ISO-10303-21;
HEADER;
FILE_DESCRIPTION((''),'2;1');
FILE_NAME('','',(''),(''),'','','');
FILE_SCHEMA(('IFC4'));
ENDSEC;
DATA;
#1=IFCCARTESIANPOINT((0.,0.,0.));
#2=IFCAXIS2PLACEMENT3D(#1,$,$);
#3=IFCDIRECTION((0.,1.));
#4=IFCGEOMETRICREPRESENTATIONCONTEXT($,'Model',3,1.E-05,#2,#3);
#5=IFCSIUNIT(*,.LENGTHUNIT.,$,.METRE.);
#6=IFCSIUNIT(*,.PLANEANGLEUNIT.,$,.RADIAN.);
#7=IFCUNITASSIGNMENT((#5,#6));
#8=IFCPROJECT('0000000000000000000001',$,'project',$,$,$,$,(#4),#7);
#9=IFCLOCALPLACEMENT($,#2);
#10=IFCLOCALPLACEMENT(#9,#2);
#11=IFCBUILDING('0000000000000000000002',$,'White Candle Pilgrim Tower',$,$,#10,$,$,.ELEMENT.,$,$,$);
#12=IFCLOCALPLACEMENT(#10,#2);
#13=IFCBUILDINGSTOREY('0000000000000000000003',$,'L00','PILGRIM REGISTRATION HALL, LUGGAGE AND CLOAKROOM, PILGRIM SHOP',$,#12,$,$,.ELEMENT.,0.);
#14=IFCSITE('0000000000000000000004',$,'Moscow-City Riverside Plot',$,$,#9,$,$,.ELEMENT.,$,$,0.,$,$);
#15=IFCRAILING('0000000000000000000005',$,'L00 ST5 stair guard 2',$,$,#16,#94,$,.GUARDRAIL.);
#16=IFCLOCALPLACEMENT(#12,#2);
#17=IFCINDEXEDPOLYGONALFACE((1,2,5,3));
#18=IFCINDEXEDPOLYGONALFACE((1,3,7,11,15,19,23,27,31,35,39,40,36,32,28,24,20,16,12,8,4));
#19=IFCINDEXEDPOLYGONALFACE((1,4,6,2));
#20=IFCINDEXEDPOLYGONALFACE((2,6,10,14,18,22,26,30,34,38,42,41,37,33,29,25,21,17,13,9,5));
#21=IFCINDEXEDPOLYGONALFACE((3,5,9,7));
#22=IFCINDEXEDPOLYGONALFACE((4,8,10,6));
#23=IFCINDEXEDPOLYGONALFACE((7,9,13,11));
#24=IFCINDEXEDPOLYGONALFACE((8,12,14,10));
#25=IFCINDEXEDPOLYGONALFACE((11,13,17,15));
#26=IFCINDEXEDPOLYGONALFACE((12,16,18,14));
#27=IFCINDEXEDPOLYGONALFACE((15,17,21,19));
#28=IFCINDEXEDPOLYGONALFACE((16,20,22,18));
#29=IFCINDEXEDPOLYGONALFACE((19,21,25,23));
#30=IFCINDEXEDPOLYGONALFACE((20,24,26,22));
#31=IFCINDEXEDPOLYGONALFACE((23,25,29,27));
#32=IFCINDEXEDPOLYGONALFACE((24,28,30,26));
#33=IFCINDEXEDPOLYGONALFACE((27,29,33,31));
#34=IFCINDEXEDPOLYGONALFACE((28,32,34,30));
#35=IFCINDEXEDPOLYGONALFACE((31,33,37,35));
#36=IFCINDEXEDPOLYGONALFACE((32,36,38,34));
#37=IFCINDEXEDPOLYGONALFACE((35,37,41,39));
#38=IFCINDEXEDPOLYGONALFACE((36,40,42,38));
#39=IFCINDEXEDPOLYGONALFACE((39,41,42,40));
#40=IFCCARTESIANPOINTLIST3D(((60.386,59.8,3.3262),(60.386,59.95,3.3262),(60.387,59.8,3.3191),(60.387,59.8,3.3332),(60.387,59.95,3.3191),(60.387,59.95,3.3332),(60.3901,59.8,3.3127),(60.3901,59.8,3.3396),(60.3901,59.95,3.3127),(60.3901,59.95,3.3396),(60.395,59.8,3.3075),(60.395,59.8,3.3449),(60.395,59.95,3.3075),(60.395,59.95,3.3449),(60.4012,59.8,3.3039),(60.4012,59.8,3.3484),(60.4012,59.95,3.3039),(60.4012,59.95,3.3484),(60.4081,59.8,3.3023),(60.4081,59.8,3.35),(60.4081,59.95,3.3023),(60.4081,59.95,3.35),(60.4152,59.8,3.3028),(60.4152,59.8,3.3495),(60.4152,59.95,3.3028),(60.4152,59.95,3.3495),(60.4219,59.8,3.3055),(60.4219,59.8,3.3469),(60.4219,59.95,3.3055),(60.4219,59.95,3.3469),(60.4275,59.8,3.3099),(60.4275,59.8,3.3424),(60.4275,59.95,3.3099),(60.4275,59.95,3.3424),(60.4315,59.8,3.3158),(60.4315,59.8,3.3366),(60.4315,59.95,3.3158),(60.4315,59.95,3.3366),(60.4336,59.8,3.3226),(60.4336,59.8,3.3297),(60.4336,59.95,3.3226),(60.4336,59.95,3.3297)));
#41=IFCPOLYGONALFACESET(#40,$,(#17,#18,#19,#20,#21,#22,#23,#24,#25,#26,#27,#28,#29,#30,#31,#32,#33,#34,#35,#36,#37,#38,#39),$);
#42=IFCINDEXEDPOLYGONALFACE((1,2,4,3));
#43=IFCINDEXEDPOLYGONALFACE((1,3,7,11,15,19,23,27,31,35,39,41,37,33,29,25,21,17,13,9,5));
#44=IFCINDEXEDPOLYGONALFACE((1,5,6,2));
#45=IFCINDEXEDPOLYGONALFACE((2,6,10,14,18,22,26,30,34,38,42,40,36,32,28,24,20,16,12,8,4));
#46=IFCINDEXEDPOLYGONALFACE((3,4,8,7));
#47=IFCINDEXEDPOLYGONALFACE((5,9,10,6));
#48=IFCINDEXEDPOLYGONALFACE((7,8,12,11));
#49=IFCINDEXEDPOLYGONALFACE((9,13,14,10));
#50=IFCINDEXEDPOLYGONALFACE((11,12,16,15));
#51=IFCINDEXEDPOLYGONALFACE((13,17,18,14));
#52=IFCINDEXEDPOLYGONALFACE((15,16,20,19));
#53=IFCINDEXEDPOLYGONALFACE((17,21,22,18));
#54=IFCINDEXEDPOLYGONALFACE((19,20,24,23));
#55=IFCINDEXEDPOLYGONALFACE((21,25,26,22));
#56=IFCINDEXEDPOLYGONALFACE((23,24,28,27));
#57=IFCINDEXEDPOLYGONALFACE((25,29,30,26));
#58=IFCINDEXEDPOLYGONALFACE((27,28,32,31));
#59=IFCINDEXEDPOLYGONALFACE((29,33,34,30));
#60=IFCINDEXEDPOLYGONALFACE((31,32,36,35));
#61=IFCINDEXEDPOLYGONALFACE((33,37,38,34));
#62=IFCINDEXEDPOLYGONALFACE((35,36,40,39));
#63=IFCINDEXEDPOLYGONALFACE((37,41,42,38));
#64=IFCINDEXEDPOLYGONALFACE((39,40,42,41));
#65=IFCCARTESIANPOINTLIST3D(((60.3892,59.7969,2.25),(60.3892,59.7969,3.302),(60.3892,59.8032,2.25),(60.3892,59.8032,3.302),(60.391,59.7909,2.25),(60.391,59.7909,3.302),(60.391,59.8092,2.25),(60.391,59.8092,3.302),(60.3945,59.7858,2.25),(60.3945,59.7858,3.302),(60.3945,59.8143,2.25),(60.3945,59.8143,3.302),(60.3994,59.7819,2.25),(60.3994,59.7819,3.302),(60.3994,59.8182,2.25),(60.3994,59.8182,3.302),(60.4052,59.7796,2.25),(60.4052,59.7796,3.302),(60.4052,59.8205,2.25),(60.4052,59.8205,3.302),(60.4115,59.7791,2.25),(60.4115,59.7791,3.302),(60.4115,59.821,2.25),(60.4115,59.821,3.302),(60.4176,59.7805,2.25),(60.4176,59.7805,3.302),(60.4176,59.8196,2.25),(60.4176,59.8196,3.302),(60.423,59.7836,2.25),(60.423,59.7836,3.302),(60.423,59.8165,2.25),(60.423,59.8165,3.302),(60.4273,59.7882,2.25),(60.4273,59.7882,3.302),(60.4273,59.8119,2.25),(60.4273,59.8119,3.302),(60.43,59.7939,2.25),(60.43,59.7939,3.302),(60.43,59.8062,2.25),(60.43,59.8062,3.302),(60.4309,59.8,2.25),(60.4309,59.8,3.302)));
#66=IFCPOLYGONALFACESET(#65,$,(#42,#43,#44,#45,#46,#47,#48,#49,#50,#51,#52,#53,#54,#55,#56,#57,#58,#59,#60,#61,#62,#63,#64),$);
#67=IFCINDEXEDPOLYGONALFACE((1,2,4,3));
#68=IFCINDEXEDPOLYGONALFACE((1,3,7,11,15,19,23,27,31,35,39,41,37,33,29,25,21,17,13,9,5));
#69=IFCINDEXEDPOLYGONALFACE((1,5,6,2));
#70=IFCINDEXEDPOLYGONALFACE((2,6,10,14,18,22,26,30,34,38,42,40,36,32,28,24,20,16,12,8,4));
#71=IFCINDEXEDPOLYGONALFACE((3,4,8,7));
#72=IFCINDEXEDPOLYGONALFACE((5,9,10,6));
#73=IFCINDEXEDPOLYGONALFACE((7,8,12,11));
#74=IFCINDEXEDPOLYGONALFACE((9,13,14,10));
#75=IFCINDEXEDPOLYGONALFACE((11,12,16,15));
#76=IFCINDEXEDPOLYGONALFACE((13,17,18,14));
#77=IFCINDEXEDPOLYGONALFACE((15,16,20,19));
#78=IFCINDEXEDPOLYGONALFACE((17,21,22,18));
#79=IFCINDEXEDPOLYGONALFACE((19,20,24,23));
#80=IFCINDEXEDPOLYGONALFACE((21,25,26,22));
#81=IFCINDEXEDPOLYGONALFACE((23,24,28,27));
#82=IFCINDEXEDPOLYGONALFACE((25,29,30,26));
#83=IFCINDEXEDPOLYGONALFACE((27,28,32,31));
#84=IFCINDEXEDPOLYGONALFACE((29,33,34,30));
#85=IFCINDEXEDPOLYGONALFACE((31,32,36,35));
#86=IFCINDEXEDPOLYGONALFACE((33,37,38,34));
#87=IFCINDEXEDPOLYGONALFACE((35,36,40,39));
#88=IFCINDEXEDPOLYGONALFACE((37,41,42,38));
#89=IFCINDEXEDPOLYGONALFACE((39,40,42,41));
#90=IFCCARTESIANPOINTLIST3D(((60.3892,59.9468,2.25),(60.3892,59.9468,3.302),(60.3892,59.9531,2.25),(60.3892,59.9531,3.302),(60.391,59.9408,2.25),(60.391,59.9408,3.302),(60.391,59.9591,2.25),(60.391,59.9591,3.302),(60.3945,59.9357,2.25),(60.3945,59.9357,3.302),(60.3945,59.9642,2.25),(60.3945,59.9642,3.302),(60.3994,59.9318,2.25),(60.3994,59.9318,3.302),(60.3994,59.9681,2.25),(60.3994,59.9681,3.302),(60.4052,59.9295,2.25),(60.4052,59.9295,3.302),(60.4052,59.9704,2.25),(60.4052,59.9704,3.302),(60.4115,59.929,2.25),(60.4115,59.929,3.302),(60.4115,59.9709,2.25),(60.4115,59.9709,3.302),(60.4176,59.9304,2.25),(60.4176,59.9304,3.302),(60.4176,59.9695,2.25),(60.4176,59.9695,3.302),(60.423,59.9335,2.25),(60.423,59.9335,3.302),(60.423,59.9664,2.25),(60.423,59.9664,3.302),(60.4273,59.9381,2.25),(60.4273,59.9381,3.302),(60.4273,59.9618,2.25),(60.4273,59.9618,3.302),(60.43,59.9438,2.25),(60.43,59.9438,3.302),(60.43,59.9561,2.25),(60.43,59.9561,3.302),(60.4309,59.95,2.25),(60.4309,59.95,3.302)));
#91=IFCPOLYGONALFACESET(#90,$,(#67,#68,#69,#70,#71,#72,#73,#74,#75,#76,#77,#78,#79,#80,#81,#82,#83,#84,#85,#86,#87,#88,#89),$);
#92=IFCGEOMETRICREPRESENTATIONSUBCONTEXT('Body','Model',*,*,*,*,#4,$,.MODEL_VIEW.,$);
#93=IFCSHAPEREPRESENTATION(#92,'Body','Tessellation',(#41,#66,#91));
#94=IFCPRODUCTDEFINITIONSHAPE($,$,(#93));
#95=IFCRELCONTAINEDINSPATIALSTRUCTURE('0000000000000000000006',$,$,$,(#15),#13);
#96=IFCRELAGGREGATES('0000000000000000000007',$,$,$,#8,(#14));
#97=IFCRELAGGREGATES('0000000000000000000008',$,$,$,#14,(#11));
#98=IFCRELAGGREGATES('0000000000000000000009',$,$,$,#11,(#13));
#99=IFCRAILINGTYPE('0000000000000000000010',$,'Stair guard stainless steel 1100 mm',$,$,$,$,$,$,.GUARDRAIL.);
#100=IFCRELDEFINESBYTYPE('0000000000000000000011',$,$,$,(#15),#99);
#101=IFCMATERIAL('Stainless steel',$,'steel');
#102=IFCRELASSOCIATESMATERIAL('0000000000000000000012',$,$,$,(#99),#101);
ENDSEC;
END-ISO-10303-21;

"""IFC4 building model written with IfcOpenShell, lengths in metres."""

from ifc_helpers import new_model, si_unit, direction, frame, origin, origin_2d, place, context, subcontext, project, spatial, circle, extrude, material, type_object, element, save


model = new_model("IFC4")

# Units and contexts
model_context = context("Model", 3, precision=1e-05, world=origin(), true_north=direction((0.0, 1.0)))
body_context = subcontext(model_context, "Body", "Model", "MODEL_VIEW")
ifc_project = project(units=[si_unit("LENGTHUNIT", "METRE"), si_unit("PLANEANGLEUNIT", "RADIAN")], contexts=[model_context])

# Site, building, storey
site_placement = place(None, origin())
site = spatial("IfcSite", under=ifc_project, at=site_placement, Name="Moscow-City Riverside Plot", CompositionType="ELEMENT", RefElevation=0.0)
building_placement = place(site_placement, origin())
building = spatial("IfcBuilding", under=site, at=building_placement, Name="White Candle Pilgrim Tower", CompositionType="ELEMENT")
storey_placement = place(building_placement, origin())
storey = spatial("IfcBuildingStorey", under=building, at=storey_placement, Name="L00", Description="PILGRIM REGISTRATION HALL, LUGGAGE AND CLOAKROOM, PILGRIM SHOP", CompositionType="ELEMENT", Elevation=0.0)

# Railing
ifc_material_1 = material(Name="Stainless steel", Category="steel")
railing_type_1 = type_object("IfcRailingType", Name="Stair guard stainless steel 1100 mm", PredefinedType="GUARDRAIL", material=ifc_material_1)
railing_1_placement = place(storey_placement, frame((60.4099, 59.8, 2.25)))
element("IfcRailing", 1, at=railing_1_placement, inside=storey, type_object=railing_type_1, Name="L00 ST5 stair guard 2", PredefinedType="GUARDRAIL", context=body_context, shape_type="SweptSolid", body=[
    extrude(circle(Radius=0.0239, at=origin_2d()), frame((0.0, 0.0, 1.0762), z_axis=(0.0, 1.0, 0.0), x_axis=(-1.0, 0.0, 0.0)), (0.0, 0.0, 1.0), 0.1499),
    extrude(circle(Radius=0.021, at=origin_2d()), origin(), (0.0, 0.0, 1.0), 1.052),
    extrude(circle(Radius=0.021, at=origin_2d()), frame((0.0, 0.1499, 0.0)), (0.0, 0.0, 1.0), 1.052),
])

save(model, "model.ifc")
